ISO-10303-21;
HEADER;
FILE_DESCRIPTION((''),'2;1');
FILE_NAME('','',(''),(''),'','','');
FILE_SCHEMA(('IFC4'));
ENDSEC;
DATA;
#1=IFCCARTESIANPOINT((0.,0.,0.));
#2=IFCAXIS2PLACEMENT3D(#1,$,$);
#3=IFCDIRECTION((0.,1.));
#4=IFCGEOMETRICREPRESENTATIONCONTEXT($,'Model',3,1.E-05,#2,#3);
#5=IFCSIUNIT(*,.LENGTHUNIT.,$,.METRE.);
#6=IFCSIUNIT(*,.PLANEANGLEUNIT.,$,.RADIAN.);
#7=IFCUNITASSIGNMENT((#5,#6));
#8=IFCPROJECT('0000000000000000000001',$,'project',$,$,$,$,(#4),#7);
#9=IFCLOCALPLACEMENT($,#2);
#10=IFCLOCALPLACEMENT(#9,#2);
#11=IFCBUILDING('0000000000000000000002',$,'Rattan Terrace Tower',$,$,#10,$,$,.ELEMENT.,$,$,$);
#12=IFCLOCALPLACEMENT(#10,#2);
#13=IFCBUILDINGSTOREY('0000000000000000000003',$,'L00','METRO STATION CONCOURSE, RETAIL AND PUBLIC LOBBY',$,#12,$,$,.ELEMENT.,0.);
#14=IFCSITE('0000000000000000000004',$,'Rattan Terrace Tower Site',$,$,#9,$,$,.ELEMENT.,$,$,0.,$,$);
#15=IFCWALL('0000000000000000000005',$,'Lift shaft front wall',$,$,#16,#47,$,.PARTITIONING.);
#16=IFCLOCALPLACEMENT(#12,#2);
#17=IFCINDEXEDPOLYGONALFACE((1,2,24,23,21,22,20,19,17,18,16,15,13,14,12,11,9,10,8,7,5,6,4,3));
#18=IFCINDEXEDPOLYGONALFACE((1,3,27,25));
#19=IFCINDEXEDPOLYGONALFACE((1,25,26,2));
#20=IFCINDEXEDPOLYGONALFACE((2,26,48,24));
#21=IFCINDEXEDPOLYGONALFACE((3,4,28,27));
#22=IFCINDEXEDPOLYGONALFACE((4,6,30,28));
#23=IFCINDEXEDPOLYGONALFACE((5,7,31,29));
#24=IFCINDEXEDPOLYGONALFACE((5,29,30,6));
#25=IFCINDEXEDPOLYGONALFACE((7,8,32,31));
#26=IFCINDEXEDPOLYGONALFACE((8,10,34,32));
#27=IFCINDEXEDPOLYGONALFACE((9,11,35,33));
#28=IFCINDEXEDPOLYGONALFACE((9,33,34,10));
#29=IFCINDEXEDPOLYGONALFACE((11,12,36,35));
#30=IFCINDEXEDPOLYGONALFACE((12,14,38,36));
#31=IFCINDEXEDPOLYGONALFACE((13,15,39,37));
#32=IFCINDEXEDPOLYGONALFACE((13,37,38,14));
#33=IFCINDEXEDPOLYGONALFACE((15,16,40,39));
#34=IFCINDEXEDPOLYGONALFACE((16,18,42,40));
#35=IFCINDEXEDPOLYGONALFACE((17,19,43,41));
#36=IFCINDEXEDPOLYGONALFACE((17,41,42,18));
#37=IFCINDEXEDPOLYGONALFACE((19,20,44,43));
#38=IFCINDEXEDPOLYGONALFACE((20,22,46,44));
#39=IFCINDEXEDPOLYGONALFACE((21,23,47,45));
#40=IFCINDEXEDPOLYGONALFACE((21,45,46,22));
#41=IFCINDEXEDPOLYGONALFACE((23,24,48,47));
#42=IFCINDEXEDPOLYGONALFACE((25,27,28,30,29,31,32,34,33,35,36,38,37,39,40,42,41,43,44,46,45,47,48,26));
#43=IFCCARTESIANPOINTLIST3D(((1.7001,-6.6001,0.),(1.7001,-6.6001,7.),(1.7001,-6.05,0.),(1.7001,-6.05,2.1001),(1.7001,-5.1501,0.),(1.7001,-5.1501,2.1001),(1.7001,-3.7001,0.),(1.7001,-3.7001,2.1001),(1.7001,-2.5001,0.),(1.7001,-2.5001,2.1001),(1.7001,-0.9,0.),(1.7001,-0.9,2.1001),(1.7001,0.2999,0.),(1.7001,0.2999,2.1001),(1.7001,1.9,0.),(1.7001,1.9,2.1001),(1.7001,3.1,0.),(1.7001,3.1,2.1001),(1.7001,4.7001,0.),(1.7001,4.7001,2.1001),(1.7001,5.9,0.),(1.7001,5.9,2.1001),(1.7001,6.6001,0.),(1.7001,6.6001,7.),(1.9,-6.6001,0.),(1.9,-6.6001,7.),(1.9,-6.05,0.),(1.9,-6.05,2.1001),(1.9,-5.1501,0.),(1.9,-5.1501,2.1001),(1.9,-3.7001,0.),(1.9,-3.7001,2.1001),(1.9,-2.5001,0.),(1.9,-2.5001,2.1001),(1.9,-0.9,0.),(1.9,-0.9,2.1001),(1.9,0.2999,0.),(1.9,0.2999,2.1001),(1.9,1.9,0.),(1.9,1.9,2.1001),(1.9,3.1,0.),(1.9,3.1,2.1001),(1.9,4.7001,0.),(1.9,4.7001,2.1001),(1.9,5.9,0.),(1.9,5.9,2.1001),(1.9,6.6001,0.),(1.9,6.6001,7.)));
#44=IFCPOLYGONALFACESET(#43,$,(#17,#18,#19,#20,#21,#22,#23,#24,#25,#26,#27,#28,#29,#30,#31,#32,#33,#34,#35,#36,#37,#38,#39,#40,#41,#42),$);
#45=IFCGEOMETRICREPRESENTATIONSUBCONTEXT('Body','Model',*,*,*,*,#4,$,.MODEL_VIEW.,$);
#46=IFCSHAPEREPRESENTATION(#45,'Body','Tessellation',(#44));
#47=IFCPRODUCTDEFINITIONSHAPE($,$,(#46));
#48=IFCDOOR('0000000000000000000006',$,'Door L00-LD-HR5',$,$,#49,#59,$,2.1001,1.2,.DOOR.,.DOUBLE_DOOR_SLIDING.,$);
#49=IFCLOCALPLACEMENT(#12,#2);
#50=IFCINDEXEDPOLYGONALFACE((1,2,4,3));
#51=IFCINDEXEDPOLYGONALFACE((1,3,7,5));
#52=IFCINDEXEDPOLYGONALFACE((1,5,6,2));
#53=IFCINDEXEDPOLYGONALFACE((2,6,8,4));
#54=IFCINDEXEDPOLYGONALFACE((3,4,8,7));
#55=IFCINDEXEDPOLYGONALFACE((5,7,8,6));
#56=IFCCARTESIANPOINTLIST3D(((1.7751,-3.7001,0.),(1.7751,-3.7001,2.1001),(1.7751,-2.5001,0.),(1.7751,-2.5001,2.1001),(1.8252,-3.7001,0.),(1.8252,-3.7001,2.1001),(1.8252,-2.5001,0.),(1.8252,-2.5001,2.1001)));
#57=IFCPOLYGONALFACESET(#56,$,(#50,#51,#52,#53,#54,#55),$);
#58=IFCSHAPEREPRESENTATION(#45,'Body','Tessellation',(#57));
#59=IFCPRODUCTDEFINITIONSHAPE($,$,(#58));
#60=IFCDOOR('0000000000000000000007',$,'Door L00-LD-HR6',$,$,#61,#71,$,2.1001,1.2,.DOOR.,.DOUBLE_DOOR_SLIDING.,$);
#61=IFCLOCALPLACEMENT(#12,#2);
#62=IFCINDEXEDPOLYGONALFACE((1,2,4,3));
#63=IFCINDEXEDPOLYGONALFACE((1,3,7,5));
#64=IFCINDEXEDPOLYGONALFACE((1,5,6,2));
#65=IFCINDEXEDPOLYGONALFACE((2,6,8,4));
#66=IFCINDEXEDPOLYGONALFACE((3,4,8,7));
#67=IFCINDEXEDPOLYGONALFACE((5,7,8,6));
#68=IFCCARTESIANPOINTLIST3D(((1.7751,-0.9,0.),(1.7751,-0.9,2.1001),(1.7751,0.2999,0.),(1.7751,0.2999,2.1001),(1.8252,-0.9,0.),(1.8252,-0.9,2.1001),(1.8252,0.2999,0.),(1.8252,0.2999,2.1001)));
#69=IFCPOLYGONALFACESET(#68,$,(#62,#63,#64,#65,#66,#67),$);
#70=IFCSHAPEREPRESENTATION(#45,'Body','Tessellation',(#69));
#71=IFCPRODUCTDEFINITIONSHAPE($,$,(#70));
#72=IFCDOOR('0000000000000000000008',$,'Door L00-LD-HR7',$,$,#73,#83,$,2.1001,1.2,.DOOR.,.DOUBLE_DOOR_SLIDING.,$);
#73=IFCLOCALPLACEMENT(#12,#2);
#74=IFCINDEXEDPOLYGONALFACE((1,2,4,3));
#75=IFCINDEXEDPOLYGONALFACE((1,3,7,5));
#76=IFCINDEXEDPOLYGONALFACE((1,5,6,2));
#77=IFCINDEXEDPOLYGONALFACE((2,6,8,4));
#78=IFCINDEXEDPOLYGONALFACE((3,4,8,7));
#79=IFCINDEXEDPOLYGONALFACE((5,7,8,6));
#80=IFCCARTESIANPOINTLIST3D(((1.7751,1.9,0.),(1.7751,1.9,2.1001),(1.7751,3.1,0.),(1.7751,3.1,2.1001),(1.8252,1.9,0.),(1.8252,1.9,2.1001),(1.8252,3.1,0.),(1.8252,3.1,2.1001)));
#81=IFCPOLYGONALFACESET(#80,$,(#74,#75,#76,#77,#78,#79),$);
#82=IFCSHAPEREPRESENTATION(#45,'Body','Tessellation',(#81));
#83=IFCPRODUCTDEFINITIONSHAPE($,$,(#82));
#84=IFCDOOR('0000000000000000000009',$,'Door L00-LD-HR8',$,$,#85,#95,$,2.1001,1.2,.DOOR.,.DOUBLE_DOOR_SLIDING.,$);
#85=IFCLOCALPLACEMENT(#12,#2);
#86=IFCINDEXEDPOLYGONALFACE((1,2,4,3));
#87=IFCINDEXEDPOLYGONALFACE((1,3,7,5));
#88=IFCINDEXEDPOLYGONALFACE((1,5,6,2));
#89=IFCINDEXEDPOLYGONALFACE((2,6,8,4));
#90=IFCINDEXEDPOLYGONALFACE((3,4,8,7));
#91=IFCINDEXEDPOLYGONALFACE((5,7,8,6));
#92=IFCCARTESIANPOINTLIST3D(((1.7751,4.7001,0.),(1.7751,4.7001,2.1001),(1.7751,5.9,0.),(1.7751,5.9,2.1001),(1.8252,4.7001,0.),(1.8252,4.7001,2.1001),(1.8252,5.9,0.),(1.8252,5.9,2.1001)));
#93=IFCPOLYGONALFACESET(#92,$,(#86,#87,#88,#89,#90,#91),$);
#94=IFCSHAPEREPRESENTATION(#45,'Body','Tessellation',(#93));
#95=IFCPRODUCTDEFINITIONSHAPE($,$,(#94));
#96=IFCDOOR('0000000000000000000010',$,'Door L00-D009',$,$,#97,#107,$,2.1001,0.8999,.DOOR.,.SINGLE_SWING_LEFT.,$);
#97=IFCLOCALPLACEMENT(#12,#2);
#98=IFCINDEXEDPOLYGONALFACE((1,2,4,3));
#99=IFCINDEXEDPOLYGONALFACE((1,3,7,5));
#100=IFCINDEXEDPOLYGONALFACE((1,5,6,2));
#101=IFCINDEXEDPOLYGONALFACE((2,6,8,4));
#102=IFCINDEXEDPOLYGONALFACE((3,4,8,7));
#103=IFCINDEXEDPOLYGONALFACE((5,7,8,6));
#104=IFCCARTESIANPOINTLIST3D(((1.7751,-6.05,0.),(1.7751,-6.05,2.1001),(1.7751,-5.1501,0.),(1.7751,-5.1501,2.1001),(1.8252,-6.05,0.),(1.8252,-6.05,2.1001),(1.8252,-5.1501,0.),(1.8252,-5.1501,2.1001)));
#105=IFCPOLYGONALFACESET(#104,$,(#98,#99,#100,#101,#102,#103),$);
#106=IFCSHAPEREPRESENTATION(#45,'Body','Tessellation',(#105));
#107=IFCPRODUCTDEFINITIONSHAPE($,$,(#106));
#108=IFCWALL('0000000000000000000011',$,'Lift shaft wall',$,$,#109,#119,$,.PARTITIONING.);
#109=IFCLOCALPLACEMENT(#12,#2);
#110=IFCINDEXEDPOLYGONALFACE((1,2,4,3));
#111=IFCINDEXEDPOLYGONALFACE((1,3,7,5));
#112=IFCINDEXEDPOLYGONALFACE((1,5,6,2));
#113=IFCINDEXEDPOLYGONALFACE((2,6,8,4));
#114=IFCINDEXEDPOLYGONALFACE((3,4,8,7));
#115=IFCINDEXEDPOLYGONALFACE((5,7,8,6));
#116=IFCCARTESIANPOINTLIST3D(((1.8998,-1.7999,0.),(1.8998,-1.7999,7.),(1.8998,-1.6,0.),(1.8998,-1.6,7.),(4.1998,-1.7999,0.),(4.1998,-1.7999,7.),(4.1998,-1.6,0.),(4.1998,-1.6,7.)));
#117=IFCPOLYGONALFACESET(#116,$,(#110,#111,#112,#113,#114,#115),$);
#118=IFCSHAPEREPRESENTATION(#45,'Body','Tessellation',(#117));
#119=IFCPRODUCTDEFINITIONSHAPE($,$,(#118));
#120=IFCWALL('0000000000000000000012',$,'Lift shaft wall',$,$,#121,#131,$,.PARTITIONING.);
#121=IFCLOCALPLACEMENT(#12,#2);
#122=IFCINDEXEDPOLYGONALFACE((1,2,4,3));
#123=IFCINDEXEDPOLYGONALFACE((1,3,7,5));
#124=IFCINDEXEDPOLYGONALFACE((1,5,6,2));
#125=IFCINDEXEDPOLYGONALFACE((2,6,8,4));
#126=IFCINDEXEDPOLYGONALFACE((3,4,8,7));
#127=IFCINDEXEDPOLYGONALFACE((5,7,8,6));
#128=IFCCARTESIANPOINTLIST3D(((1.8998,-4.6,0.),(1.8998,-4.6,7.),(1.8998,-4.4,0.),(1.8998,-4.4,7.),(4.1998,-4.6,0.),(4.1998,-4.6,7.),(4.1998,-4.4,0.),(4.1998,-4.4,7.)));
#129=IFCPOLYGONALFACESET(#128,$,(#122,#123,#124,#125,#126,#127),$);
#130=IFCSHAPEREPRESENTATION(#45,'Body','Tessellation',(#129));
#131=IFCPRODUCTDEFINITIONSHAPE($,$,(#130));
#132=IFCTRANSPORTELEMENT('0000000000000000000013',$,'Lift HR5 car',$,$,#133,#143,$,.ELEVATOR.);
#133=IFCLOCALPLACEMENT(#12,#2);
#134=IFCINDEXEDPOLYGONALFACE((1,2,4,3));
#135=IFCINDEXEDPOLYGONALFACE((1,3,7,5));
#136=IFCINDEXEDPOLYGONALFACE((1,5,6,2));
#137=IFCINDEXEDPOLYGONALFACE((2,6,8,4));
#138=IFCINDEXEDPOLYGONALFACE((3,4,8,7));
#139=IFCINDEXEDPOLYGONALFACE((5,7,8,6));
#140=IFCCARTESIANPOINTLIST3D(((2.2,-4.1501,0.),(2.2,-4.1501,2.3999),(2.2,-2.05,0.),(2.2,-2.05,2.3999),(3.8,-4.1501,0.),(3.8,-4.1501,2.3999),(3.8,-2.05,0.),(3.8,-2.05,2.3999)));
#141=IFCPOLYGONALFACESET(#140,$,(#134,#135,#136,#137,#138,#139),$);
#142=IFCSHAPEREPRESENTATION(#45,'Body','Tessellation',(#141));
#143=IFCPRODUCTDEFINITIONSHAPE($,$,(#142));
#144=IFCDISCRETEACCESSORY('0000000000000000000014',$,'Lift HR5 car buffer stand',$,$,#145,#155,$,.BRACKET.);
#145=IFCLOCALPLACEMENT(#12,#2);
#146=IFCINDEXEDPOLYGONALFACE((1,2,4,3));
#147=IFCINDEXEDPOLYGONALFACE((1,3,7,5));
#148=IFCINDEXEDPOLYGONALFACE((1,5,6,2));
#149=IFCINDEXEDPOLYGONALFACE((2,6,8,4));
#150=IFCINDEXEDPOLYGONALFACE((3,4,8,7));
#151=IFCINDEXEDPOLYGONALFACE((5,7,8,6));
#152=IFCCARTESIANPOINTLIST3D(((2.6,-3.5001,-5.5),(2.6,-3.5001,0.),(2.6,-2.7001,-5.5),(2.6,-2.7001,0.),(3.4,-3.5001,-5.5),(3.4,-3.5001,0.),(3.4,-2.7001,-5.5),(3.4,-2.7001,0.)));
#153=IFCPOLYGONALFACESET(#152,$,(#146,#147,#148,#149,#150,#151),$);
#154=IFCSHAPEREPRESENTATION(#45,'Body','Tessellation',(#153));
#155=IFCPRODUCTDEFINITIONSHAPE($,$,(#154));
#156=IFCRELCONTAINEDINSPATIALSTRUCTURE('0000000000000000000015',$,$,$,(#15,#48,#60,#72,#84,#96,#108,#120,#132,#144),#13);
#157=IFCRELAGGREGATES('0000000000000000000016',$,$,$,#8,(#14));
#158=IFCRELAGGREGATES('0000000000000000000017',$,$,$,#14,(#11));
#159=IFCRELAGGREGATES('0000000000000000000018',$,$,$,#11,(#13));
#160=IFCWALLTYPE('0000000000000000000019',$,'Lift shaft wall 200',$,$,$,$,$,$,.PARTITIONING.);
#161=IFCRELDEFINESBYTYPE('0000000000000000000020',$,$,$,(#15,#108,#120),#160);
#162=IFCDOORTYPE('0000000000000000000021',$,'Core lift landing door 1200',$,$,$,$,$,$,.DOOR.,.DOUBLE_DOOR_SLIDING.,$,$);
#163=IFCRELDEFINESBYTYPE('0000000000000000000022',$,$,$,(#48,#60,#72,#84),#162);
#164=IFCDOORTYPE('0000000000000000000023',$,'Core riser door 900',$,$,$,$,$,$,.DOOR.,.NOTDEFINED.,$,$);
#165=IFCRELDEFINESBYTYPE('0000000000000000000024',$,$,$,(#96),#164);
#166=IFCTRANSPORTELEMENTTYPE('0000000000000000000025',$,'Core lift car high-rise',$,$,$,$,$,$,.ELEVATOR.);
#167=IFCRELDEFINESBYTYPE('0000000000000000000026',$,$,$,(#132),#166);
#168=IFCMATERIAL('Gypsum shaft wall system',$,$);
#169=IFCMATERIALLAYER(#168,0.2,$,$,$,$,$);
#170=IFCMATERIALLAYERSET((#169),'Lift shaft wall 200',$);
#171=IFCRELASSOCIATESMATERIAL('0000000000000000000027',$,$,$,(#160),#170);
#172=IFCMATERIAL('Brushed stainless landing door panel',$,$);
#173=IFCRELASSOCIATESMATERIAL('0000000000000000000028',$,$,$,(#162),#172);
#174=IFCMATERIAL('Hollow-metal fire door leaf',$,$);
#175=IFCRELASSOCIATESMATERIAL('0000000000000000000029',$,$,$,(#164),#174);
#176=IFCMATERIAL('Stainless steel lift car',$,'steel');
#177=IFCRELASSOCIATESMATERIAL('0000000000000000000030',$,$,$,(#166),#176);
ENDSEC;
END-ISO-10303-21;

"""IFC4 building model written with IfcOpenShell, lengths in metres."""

from ifc_helpers import new_model, si_unit, direction, frame, frame_2d, origin, origin_2d, place, context, subcontext, project, spatial, rectangle, extrude, material, layer, layer_set, type_object, element, fill, save


model = new_model("IFC4")

# Units and contexts
model_context = context("Model", 3, precision=1e-05, world=origin(), true_north=direction((0.0, 1.0)))
body_context = subcontext(model_context, "Body", "Model", "MODEL_VIEW")
ifc_project = project(units=[si_unit("LENGTHUNIT", "METRE"), si_unit("PLANEANGLEUNIT", "RADIAN")], contexts=[model_context])

# Site, building, storey
site_placement = place(None, origin())
site = spatial("IfcSite", under=ifc_project, at=site_placement, Name="Rattan Terrace Tower Site", CompositionType="ELEMENT", RefElevation=0.0)
building_placement = place(site_placement, origin())
building = spatial("IfcBuilding", under=site, at=building_placement, Name="Rattan Terrace Tower", CompositionType="ELEMENT")
storey_placement = place(building_placement, origin())
storey = spatial("IfcBuildingStorey", under=building, at=storey_placement, Name="L00", Description="METRO STATION CONCOURSE, RETAIL AND PUBLIC LOBBY", CompositionType="ELEMENT", Elevation=0.0)

# Wall, openings, doors
ifc_material_1 = material(Name="Gypsum shaft wall system")
ifc_layer_1 = layer(ifc_material_1, 0.2)
ifc_layer_set_1 = layer_set([ifc_layer_1], Name="Lift shaft wall 200")
wall_type_1 = type_object("IfcWallType", Name="Lift shaft wall 200", PredefinedType="PARTITIONING", material=ifc_layer_set_1)
wall_1_placement = place(storey_placement, frame((1.8, -6.6001, 0.0), z_axis=(0.0, 0.0, 1.0), x_axis=(0.0, 1.0, 0.0)))
wall_1 = element("IfcWall", 1, at=wall_1_placement, inside=storey, type_object=wall_type_1, Name="Lift shaft front wall", PredefinedType="PARTITIONING", context=body_context, shape_type="SweptSolid", body=[
    extrude(rectangle(XDim=13.2002, YDim=0.2, at=frame_2d((6.6001, 0.0))), origin(), (0.0, 0.0, 1.0), 7.0),
])
opening_1_placement = place(wall_1_placement, frame((0.55, 0.0, 0.0)))
opening_1 = element("IfcOpeningElement", 2, at=opening_1_placement, cuts=wall_1, PredefinedType="OPENING", context=body_context, shape_type="SweptSolid", body=[
    extrude(rectangle(XDim=0.8999, YDim=2.1001, at=frame_2d((0.45, 1.05))), frame((0.0, 0.1106, 0.0), z_axis=(0.0, -1.0, 0.0), x_axis=(1.0, 0.0, 0.0)), (0.0, 0.0, 1.0), 0.2209),
])
opening_2_placement = place(wall_1_placement, frame((2.8999, 0.0, 0.0)))
opening_2 = element("IfcOpeningElement", 3, at=opening_2_placement, cuts=wall_1, PredefinedType="OPENING", context=body_context, shape_type="SweptSolid", body=[
    extrude(rectangle(XDim=1.2, YDim=2.1001, at=frame_2d((0.6001, 1.05))), frame((0.0, 0.1106, 0.0), z_axis=(0.0, -1.0, 0.0), x_axis=(1.0, 0.0, 0.0)), (0.0, 0.0, 1.0), 0.2209),
])
opening_3_placement = place(wall_1_placement, frame((5.7, 0.0, 0.0)))
opening_3 = element("IfcOpeningElement", 4, at=opening_3_placement, cuts=wall_1, PredefinedType="OPENING", context=body_context, shape_type="SweptSolid", body=[
    extrude(rectangle(XDim=1.2, YDim=2.1001, at=frame_2d((0.6001, 1.05))), frame((0.0, 0.1106, 0.0), z_axis=(0.0, -1.0, 0.0), x_axis=(1.0, 0.0, 0.0)), (0.0, 0.0, 1.0), 0.2209),
])
opening_4_placement = place(wall_1_placement, frame((8.5, 0.0, 0.0)))
opening_4 = element("IfcOpeningElement", 5, at=opening_4_placement, cuts=wall_1, PredefinedType="OPENING", context=body_context, shape_type="SweptSolid", body=[
    extrude(rectangle(XDim=1.2, YDim=2.1001, at=frame_2d((0.6001, 1.05))), frame((0.0, 0.1106, 0.0), z_axis=(0.0, -1.0, 0.0), x_axis=(1.0, 0.0, 0.0)), (0.0, 0.0, 1.0), 0.2209),
])
opening_5_placement = place(wall_1_placement, frame((11.3, 0.0, 0.0)))
opening_5 = element("IfcOpeningElement", 6, at=opening_5_placement, cuts=wall_1, PredefinedType="OPENING", context=body_context, shape_type="SweptSolid", body=[
    extrude(rectangle(XDim=1.2, YDim=2.1001, at=frame_2d((0.6001, 1.05))), frame((0.0, 0.1106, 0.0), z_axis=(0.0, -1.0, 0.0), x_axis=(1.0, 0.0, 0.0)), (0.0, 0.0, 1.0), 0.2209),
])
ifc_material_2 = material(Name="Brushed stainless landing door panel")
door_type_1 = type_object("IfcDoorType", Name="Core lift landing door 1200", OperationType="DOUBLE_DOOR_SLIDING", PredefinedType="DOOR", material=ifc_material_2)
door_1_placement = place(opening_2_placement, origin())
door_1 = element("IfcDoor", 7, at=door_1_placement, inside=storey, type_object=door_type_1, Name="Door L00-LD-HR5", OperationType="DOUBLE_DOOR_SLIDING", OverallHeight=2.1001, OverallWidth=1.2, PredefinedType="DOOR", context=body_context, shape_type="SweptSolid", body=[
    extrude(rectangle(XDim=1.2, YDim=2.1001, at=frame_2d((0.6001, 1.05))), frame((0.0, 0.0249, 0.0), z_axis=(0.0, -1.0, 0.0), x_axis=(1.0, 0.0, 0.0)), (0.0, 0.0, 1.0), 0.05),
])
fill(opening_2, door_1)
door_2_placement = place(opening_3_placement, origin())
door_2 = element("IfcDoor", 8, at=door_2_placement, inside=storey, type_object=door_type_1, Name="Door L00-LD-HR6", OperationType="DOUBLE_DOOR_SLIDING", OverallHeight=2.1001, OverallWidth=1.2, PredefinedType="DOOR", context=body_context, shape_type="SweptSolid", body=[
    extrude(rectangle(XDim=1.2, YDim=2.1001, at=frame_2d((0.6001, 1.05))), frame((0.0, 0.0249, 0.0), z_axis=(0.0, -1.0, 0.0), x_axis=(1.0, 0.0, 0.0)), (0.0, 0.0, 1.0), 0.05),
])
fill(opening_3, door_2)
door_3_placement = place(opening_4_placement, origin())
door_3 = element("IfcDoor", 9, at=door_3_placement, inside=storey, type_object=door_type_1, Name="Door L00-LD-HR7", OperationType="DOUBLE_DOOR_SLIDING", OverallHeight=2.1001, OverallWidth=1.2, PredefinedType="DOOR", context=body_context, shape_type="SweptSolid", body=[
    extrude(rectangle(XDim=1.2, YDim=2.1001, at=frame_2d((0.6001, 1.05))), frame((0.0, 0.0249, 0.0), z_axis=(0.0, -1.0, 0.0), x_axis=(1.0, 0.0, 0.0)), (0.0, 0.0, 1.0), 0.05),
])
fill(opening_4, door_3)
door_4_placement = place(opening_5_placement, origin())
door_4 = element("IfcDoor", 10, at=door_4_placement, inside=storey, type_object=door_type_1, Name="Door L00-LD-HR8", OperationType="DOUBLE_DOOR_SLIDING", OverallHeight=2.1001, OverallWidth=1.2, PredefinedType="DOOR", context=body_context, shape_type="SweptSolid", body=[
    extrude(rectangle(XDim=1.2, YDim=2.1001, at=frame_2d((0.6001, 1.05))), frame((0.0, 0.0249, 0.0), z_axis=(0.0, -1.0, 0.0), x_axis=(1.0, 0.0, 0.0)), (0.0, 0.0, 1.0), 0.05),
])
fill(opening_5, door_4)
ifc_material_3 = material(Name="Hollow-metal fire door leaf")
door_type_2 = type_object("IfcDoorType", Name="Core riser door 900", OperationType="NOTDEFINED", PredefinedType="DOOR", material=ifc_material_3)
door_5_placement = place(opening_1_placement, origin())
door_5 = element("IfcDoor", 11, at=door_5_placement, inside=storey, type_object=door_type_2, Name="Door L00-D009", OperationType="SINGLE_SWING_LEFT", OverallHeight=2.1001, OverallWidth=0.8999, PredefinedType="DOOR", context=body_context, shape_type="SweptSolid", body=[
    extrude(rectangle(XDim=0.8999, YDim=2.1001, at=frame_2d((0.45, 1.05))), frame((0.0, 0.0249, 0.0), z_axis=(0.0, -1.0, 0.0), x_axis=(1.0, 0.0, 0.0)), (0.0, 0.0, 1.0), 0.05),
])
fill(opening_1, door_5)

# Walls
for number, where, z_axis, x_axis, name in (
    (12, (1.8999, -1.7, 0.0), (0.0, 0.0, 1.0), (1.0, 0.0, 0.0), "Lift shaft wall"),
    (13, (1.8999, -4.5, 0.0), (0.0, 0.0, 1.0), (1.0, 0.0, 0.0), "Lift shaft wall"),
):
    element("IfcWall", number, at=place(storey_placement, frame(where, z_axis=z_axis, x_axis=x_axis)), inside=storey, type_object=wall_type_1, Name=name, PredefinedType="PARTITIONING", context=body_context, shape_type="SweptSolid", body=[
        extrude(rectangle(XDim=2.3, YDim=0.2, at=frame_2d((1.1499, 0.0))), origin(), (0.0, 0.0, 1.0), 7.0),
    ])

# Transport element
ifc_material_4 = material(Name="Stainless steel lift car", Category="steel")
transport_element_type = type_object("IfcTransportElementType", Name="Core lift car high-rise", PredefinedType="ELEVATOR", material=ifc_material_4)
transport_element_placement = place(storey_placement, frame((3.0, -3.1001, 0.0), z_axis=(0.0, 0.0, 1.0), x_axis=(1.0, 0.0, 0.0)))
element("IfcTransportElement", 14, at=transport_element_placement, inside=storey, type_object=transport_element_type, Name="Lift HR5 car", PredefinedType="ELEVATOR", context=body_context, shape_type="SweptSolid", body=[
    extrude(rectangle(XDim=1.6001, YDim=2.1001, at=origin_2d()), origin(), (0.0, 0.0, 1.0), 2.3999),
])

# Discrete accessory
discrete_accessory_placement = place(storey_placement, frame((3.0, -3.1001, -5.5), z_axis=(0.0, 0.0, 1.0), x_axis=(1.0, 0.0, 0.0)))
element("IfcDiscreteAccessory", 15, at=discrete_accessory_placement, inside=storey, Name="Lift HR5 car buffer stand", PredefinedType="BRACKET", context=body_context, shape_type="SweptSolid", body=[
    extrude(rectangle(XDim=0.8, YDim=0.8, at=origin_2d()), origin(), (0.0, 0.0, 1.0), 5.5),
])

save(model, "model.ifc")
